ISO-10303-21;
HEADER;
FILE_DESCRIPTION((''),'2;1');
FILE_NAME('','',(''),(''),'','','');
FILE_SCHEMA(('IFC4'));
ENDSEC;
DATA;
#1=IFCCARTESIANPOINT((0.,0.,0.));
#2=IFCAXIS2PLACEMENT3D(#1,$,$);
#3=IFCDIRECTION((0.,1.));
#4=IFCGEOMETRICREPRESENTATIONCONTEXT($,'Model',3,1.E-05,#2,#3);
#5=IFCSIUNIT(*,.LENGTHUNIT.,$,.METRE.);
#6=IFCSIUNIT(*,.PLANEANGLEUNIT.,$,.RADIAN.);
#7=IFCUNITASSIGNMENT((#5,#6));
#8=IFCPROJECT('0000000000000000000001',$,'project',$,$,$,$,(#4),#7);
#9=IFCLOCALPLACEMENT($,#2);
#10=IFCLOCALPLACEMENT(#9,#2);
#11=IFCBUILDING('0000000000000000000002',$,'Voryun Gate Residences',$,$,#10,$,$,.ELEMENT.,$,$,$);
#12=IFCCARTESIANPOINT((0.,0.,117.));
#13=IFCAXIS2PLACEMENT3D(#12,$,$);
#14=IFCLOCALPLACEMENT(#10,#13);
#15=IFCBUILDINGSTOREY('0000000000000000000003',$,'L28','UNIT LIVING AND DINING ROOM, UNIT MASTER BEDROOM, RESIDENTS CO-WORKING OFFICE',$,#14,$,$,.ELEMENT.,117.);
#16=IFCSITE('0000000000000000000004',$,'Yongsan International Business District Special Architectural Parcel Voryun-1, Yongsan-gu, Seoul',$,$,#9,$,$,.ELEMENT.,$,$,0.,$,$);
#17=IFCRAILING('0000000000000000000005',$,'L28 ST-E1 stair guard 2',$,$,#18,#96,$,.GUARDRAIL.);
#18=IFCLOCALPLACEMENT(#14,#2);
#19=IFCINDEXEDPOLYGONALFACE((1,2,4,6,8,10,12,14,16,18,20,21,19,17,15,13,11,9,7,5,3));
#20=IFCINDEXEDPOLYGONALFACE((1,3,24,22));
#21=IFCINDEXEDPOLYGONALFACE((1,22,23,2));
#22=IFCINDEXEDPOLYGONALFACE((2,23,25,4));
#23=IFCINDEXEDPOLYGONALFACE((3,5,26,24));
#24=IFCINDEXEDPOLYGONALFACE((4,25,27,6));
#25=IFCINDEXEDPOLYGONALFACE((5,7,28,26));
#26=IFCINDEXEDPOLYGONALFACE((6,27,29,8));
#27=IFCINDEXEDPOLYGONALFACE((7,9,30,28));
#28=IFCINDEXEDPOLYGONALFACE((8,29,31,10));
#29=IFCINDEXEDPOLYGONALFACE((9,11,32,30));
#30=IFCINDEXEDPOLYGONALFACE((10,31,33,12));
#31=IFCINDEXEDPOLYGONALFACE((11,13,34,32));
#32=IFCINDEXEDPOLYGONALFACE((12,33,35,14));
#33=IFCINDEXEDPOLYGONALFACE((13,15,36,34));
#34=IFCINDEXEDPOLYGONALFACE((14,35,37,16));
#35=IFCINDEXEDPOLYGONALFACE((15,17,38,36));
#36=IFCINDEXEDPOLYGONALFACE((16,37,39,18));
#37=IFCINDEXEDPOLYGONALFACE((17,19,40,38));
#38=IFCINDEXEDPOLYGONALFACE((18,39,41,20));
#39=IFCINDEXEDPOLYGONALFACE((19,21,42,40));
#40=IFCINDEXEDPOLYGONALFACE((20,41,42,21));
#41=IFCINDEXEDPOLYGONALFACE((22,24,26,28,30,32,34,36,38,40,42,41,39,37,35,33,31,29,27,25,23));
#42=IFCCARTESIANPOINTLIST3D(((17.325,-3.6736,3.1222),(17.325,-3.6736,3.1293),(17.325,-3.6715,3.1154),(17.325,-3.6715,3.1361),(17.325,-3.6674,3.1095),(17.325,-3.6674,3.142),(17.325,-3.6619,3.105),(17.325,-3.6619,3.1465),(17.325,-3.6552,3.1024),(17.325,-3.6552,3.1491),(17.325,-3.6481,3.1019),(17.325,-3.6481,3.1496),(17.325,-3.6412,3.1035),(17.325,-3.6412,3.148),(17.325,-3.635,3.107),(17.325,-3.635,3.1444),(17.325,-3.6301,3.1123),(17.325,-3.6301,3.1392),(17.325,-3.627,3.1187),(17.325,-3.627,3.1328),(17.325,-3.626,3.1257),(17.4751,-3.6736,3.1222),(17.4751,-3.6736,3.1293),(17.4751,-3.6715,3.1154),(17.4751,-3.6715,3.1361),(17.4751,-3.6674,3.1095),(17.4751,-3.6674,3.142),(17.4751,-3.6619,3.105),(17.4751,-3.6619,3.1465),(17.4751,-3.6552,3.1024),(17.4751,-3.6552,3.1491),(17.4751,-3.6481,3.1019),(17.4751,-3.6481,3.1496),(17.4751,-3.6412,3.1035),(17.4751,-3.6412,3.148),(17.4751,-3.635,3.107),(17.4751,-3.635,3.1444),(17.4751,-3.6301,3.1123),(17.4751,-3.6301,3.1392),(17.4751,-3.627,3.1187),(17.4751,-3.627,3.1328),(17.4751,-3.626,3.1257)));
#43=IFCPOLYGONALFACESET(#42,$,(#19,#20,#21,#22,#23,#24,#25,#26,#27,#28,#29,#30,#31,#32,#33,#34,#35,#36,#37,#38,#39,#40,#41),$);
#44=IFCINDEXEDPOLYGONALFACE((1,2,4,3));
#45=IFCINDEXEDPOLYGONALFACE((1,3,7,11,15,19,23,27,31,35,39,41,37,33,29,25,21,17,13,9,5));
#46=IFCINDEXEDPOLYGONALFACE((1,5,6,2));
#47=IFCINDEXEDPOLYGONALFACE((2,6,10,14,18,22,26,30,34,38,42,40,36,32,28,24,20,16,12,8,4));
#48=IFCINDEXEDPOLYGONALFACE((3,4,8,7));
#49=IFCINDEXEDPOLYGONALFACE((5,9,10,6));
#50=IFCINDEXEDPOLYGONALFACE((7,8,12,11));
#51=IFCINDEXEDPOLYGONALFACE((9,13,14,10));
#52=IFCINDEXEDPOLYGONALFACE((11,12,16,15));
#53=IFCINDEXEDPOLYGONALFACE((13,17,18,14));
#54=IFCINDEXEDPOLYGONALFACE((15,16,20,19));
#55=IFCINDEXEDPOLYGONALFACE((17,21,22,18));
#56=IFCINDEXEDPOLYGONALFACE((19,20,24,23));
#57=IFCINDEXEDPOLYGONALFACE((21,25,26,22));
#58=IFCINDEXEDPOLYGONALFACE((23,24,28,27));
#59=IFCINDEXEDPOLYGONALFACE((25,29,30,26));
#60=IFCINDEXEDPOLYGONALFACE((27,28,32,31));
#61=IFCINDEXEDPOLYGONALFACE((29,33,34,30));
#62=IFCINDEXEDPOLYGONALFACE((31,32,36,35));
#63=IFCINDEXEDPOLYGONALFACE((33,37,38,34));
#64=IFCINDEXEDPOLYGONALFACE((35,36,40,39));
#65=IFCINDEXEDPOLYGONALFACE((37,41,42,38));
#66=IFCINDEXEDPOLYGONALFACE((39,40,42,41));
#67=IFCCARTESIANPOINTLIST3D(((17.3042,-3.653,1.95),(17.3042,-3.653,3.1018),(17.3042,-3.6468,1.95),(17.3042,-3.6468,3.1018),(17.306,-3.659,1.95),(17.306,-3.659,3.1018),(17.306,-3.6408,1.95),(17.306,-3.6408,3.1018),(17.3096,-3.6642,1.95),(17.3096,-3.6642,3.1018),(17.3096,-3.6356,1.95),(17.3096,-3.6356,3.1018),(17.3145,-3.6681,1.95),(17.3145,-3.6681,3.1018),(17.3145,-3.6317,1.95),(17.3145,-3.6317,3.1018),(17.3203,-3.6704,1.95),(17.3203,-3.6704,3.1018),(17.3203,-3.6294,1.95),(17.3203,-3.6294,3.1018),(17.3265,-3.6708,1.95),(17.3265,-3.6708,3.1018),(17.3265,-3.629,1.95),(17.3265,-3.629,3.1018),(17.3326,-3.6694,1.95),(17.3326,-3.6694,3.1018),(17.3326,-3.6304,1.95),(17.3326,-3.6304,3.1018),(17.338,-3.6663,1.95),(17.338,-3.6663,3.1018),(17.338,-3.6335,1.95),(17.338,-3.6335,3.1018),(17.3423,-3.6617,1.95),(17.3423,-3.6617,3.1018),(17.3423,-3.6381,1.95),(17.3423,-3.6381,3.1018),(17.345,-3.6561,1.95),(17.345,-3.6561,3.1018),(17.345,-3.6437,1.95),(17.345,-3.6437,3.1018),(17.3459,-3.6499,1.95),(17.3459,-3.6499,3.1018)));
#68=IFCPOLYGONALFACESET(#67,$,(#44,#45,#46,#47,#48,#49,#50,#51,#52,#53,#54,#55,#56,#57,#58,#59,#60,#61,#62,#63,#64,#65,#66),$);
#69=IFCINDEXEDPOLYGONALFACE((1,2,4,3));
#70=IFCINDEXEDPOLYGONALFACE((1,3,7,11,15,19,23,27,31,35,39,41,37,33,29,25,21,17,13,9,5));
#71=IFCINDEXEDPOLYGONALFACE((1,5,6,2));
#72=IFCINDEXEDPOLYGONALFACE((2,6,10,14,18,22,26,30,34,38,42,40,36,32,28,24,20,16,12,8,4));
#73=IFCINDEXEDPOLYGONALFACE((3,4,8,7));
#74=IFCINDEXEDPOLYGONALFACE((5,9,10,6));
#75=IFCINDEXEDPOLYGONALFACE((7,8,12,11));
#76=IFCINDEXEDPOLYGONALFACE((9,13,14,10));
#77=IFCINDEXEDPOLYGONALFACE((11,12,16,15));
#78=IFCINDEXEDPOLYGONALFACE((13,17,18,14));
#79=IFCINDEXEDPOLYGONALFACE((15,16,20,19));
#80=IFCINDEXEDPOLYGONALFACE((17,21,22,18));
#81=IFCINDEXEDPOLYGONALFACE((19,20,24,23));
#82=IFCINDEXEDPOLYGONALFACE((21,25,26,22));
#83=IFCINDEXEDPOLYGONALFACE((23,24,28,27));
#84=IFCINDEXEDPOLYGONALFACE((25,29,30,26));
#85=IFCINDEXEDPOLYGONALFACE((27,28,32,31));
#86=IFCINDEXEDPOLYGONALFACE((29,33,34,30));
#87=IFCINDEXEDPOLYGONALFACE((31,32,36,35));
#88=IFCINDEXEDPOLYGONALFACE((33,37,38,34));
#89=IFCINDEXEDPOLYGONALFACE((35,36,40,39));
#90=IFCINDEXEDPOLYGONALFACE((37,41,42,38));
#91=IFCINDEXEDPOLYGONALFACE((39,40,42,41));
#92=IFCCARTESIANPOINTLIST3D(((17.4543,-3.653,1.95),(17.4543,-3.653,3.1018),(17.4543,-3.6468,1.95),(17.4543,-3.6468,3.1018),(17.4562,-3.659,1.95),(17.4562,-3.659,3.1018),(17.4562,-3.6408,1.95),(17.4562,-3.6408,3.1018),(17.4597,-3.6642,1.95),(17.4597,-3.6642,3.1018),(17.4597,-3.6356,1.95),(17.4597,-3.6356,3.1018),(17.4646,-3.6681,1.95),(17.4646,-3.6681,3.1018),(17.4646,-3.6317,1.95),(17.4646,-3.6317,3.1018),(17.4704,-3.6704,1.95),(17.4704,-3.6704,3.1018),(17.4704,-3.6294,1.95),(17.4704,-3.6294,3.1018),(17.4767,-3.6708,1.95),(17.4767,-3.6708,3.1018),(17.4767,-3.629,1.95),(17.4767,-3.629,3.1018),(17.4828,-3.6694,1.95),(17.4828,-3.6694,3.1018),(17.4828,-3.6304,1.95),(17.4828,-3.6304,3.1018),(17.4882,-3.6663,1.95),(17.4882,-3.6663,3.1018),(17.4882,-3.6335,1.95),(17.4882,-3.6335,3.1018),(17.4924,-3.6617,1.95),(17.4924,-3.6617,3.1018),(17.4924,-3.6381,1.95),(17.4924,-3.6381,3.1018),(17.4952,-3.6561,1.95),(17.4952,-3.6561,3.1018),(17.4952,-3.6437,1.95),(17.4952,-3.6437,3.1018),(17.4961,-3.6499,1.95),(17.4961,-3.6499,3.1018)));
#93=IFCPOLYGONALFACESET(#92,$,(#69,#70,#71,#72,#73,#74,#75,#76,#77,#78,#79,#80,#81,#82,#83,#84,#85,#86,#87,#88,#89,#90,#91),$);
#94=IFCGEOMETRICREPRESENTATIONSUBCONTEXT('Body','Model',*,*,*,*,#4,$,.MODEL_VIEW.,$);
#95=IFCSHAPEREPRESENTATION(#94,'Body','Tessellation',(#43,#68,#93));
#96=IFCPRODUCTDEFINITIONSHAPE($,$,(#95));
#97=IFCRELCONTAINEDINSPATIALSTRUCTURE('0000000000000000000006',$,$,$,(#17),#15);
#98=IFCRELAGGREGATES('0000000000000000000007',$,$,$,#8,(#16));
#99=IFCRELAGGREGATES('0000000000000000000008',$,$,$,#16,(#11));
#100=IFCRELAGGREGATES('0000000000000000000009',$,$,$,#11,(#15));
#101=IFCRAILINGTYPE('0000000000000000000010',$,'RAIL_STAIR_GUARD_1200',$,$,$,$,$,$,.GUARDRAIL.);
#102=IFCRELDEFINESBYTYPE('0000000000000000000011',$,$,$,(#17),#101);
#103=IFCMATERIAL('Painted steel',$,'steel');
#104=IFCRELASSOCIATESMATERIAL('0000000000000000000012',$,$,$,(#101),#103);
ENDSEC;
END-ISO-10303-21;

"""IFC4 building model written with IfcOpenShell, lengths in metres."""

from ifc_helpers import new_model, si_unit, direction, frame, origin, origin_2d, place, context, subcontext, project, spatial, circle, extrude, material, type_object, element, save


model = new_model("IFC4")

# Units and contexts
model_context = context("Model", 3, precision=1e-05, world=origin(), true_north=direction((0.0, 1.0)))
body_context = subcontext(model_context, "Body", "Model", "MODEL_VIEW")
ifc_project = project(units=[si_unit("LENGTHUNIT", "METRE"), si_unit("PLANEANGLEUNIT", "RADIAN")], contexts=[model_context])

# Site, building, storey
site_placement = place(None, origin())
site = spatial("IfcSite", under=ifc_project, at=site_placement, Name="Yongsan International Business District Special Architectural Parcel Voryun-1, Yongsan-gu, Seoul", CompositionType="ELEMENT", RefElevation=0.0)
building_placement = place(site_placement, origin())
building = spatial("IfcBuilding", under=site, at=building_placement, Name="Voryun Gate Residences", CompositionType="ELEMENT")
storey_placement = place(building_placement, frame((0.0, 0.0, 117.0)))
storey = spatial("IfcBuildingStorey", under=building, at=storey_placement, Name="L28", Description="UNIT LIVING AND DINING ROOM, UNIT MASTER BEDROOM, RESIDENTS CO-WORKING OFFICE", CompositionType="ELEMENT", Elevation=117.0)

# Railing
ifc_material_1 = material(Name="Painted steel", Category="steel")
railing_type_1 = type_object("IfcRailingType", Name="RAIL_STAIR_GUARD_1200", PredefinedType="GUARDRAIL", material=ifc_material_1)
railing_1_placement = place(storey_placement, frame((17.325, -3.6499, 1.95)))
element("IfcRailing", 1, at=railing_1_placement, inside=storey, type_object=railing_type_1, Name="L28 ST-E1 stair guard 2", PredefinedType="GUARDRAIL", context=body_context, shape_type="SweptSolid", body=[
    extrude(circle(Radius=0.0239, at=origin_2d()), frame((0.0, 0.0, 1.1758), z_axis=(1.0, 0.0, 0.0), x_axis=(0.0, 1.0, 0.0)), (0.0, 0.0, 1.0), 0.1501),
    extrude(circle(Radius=0.021, at=origin_2d()), origin(), (0.0, 0.0, 1.0), 1.1519),
    extrude(circle(Radius=0.021, at=origin_2d()), frame((0.1501, 0.0, 0.0)), (0.0, 0.0, 1.0), 1.1519),
])

save(model, "model.ifc")
